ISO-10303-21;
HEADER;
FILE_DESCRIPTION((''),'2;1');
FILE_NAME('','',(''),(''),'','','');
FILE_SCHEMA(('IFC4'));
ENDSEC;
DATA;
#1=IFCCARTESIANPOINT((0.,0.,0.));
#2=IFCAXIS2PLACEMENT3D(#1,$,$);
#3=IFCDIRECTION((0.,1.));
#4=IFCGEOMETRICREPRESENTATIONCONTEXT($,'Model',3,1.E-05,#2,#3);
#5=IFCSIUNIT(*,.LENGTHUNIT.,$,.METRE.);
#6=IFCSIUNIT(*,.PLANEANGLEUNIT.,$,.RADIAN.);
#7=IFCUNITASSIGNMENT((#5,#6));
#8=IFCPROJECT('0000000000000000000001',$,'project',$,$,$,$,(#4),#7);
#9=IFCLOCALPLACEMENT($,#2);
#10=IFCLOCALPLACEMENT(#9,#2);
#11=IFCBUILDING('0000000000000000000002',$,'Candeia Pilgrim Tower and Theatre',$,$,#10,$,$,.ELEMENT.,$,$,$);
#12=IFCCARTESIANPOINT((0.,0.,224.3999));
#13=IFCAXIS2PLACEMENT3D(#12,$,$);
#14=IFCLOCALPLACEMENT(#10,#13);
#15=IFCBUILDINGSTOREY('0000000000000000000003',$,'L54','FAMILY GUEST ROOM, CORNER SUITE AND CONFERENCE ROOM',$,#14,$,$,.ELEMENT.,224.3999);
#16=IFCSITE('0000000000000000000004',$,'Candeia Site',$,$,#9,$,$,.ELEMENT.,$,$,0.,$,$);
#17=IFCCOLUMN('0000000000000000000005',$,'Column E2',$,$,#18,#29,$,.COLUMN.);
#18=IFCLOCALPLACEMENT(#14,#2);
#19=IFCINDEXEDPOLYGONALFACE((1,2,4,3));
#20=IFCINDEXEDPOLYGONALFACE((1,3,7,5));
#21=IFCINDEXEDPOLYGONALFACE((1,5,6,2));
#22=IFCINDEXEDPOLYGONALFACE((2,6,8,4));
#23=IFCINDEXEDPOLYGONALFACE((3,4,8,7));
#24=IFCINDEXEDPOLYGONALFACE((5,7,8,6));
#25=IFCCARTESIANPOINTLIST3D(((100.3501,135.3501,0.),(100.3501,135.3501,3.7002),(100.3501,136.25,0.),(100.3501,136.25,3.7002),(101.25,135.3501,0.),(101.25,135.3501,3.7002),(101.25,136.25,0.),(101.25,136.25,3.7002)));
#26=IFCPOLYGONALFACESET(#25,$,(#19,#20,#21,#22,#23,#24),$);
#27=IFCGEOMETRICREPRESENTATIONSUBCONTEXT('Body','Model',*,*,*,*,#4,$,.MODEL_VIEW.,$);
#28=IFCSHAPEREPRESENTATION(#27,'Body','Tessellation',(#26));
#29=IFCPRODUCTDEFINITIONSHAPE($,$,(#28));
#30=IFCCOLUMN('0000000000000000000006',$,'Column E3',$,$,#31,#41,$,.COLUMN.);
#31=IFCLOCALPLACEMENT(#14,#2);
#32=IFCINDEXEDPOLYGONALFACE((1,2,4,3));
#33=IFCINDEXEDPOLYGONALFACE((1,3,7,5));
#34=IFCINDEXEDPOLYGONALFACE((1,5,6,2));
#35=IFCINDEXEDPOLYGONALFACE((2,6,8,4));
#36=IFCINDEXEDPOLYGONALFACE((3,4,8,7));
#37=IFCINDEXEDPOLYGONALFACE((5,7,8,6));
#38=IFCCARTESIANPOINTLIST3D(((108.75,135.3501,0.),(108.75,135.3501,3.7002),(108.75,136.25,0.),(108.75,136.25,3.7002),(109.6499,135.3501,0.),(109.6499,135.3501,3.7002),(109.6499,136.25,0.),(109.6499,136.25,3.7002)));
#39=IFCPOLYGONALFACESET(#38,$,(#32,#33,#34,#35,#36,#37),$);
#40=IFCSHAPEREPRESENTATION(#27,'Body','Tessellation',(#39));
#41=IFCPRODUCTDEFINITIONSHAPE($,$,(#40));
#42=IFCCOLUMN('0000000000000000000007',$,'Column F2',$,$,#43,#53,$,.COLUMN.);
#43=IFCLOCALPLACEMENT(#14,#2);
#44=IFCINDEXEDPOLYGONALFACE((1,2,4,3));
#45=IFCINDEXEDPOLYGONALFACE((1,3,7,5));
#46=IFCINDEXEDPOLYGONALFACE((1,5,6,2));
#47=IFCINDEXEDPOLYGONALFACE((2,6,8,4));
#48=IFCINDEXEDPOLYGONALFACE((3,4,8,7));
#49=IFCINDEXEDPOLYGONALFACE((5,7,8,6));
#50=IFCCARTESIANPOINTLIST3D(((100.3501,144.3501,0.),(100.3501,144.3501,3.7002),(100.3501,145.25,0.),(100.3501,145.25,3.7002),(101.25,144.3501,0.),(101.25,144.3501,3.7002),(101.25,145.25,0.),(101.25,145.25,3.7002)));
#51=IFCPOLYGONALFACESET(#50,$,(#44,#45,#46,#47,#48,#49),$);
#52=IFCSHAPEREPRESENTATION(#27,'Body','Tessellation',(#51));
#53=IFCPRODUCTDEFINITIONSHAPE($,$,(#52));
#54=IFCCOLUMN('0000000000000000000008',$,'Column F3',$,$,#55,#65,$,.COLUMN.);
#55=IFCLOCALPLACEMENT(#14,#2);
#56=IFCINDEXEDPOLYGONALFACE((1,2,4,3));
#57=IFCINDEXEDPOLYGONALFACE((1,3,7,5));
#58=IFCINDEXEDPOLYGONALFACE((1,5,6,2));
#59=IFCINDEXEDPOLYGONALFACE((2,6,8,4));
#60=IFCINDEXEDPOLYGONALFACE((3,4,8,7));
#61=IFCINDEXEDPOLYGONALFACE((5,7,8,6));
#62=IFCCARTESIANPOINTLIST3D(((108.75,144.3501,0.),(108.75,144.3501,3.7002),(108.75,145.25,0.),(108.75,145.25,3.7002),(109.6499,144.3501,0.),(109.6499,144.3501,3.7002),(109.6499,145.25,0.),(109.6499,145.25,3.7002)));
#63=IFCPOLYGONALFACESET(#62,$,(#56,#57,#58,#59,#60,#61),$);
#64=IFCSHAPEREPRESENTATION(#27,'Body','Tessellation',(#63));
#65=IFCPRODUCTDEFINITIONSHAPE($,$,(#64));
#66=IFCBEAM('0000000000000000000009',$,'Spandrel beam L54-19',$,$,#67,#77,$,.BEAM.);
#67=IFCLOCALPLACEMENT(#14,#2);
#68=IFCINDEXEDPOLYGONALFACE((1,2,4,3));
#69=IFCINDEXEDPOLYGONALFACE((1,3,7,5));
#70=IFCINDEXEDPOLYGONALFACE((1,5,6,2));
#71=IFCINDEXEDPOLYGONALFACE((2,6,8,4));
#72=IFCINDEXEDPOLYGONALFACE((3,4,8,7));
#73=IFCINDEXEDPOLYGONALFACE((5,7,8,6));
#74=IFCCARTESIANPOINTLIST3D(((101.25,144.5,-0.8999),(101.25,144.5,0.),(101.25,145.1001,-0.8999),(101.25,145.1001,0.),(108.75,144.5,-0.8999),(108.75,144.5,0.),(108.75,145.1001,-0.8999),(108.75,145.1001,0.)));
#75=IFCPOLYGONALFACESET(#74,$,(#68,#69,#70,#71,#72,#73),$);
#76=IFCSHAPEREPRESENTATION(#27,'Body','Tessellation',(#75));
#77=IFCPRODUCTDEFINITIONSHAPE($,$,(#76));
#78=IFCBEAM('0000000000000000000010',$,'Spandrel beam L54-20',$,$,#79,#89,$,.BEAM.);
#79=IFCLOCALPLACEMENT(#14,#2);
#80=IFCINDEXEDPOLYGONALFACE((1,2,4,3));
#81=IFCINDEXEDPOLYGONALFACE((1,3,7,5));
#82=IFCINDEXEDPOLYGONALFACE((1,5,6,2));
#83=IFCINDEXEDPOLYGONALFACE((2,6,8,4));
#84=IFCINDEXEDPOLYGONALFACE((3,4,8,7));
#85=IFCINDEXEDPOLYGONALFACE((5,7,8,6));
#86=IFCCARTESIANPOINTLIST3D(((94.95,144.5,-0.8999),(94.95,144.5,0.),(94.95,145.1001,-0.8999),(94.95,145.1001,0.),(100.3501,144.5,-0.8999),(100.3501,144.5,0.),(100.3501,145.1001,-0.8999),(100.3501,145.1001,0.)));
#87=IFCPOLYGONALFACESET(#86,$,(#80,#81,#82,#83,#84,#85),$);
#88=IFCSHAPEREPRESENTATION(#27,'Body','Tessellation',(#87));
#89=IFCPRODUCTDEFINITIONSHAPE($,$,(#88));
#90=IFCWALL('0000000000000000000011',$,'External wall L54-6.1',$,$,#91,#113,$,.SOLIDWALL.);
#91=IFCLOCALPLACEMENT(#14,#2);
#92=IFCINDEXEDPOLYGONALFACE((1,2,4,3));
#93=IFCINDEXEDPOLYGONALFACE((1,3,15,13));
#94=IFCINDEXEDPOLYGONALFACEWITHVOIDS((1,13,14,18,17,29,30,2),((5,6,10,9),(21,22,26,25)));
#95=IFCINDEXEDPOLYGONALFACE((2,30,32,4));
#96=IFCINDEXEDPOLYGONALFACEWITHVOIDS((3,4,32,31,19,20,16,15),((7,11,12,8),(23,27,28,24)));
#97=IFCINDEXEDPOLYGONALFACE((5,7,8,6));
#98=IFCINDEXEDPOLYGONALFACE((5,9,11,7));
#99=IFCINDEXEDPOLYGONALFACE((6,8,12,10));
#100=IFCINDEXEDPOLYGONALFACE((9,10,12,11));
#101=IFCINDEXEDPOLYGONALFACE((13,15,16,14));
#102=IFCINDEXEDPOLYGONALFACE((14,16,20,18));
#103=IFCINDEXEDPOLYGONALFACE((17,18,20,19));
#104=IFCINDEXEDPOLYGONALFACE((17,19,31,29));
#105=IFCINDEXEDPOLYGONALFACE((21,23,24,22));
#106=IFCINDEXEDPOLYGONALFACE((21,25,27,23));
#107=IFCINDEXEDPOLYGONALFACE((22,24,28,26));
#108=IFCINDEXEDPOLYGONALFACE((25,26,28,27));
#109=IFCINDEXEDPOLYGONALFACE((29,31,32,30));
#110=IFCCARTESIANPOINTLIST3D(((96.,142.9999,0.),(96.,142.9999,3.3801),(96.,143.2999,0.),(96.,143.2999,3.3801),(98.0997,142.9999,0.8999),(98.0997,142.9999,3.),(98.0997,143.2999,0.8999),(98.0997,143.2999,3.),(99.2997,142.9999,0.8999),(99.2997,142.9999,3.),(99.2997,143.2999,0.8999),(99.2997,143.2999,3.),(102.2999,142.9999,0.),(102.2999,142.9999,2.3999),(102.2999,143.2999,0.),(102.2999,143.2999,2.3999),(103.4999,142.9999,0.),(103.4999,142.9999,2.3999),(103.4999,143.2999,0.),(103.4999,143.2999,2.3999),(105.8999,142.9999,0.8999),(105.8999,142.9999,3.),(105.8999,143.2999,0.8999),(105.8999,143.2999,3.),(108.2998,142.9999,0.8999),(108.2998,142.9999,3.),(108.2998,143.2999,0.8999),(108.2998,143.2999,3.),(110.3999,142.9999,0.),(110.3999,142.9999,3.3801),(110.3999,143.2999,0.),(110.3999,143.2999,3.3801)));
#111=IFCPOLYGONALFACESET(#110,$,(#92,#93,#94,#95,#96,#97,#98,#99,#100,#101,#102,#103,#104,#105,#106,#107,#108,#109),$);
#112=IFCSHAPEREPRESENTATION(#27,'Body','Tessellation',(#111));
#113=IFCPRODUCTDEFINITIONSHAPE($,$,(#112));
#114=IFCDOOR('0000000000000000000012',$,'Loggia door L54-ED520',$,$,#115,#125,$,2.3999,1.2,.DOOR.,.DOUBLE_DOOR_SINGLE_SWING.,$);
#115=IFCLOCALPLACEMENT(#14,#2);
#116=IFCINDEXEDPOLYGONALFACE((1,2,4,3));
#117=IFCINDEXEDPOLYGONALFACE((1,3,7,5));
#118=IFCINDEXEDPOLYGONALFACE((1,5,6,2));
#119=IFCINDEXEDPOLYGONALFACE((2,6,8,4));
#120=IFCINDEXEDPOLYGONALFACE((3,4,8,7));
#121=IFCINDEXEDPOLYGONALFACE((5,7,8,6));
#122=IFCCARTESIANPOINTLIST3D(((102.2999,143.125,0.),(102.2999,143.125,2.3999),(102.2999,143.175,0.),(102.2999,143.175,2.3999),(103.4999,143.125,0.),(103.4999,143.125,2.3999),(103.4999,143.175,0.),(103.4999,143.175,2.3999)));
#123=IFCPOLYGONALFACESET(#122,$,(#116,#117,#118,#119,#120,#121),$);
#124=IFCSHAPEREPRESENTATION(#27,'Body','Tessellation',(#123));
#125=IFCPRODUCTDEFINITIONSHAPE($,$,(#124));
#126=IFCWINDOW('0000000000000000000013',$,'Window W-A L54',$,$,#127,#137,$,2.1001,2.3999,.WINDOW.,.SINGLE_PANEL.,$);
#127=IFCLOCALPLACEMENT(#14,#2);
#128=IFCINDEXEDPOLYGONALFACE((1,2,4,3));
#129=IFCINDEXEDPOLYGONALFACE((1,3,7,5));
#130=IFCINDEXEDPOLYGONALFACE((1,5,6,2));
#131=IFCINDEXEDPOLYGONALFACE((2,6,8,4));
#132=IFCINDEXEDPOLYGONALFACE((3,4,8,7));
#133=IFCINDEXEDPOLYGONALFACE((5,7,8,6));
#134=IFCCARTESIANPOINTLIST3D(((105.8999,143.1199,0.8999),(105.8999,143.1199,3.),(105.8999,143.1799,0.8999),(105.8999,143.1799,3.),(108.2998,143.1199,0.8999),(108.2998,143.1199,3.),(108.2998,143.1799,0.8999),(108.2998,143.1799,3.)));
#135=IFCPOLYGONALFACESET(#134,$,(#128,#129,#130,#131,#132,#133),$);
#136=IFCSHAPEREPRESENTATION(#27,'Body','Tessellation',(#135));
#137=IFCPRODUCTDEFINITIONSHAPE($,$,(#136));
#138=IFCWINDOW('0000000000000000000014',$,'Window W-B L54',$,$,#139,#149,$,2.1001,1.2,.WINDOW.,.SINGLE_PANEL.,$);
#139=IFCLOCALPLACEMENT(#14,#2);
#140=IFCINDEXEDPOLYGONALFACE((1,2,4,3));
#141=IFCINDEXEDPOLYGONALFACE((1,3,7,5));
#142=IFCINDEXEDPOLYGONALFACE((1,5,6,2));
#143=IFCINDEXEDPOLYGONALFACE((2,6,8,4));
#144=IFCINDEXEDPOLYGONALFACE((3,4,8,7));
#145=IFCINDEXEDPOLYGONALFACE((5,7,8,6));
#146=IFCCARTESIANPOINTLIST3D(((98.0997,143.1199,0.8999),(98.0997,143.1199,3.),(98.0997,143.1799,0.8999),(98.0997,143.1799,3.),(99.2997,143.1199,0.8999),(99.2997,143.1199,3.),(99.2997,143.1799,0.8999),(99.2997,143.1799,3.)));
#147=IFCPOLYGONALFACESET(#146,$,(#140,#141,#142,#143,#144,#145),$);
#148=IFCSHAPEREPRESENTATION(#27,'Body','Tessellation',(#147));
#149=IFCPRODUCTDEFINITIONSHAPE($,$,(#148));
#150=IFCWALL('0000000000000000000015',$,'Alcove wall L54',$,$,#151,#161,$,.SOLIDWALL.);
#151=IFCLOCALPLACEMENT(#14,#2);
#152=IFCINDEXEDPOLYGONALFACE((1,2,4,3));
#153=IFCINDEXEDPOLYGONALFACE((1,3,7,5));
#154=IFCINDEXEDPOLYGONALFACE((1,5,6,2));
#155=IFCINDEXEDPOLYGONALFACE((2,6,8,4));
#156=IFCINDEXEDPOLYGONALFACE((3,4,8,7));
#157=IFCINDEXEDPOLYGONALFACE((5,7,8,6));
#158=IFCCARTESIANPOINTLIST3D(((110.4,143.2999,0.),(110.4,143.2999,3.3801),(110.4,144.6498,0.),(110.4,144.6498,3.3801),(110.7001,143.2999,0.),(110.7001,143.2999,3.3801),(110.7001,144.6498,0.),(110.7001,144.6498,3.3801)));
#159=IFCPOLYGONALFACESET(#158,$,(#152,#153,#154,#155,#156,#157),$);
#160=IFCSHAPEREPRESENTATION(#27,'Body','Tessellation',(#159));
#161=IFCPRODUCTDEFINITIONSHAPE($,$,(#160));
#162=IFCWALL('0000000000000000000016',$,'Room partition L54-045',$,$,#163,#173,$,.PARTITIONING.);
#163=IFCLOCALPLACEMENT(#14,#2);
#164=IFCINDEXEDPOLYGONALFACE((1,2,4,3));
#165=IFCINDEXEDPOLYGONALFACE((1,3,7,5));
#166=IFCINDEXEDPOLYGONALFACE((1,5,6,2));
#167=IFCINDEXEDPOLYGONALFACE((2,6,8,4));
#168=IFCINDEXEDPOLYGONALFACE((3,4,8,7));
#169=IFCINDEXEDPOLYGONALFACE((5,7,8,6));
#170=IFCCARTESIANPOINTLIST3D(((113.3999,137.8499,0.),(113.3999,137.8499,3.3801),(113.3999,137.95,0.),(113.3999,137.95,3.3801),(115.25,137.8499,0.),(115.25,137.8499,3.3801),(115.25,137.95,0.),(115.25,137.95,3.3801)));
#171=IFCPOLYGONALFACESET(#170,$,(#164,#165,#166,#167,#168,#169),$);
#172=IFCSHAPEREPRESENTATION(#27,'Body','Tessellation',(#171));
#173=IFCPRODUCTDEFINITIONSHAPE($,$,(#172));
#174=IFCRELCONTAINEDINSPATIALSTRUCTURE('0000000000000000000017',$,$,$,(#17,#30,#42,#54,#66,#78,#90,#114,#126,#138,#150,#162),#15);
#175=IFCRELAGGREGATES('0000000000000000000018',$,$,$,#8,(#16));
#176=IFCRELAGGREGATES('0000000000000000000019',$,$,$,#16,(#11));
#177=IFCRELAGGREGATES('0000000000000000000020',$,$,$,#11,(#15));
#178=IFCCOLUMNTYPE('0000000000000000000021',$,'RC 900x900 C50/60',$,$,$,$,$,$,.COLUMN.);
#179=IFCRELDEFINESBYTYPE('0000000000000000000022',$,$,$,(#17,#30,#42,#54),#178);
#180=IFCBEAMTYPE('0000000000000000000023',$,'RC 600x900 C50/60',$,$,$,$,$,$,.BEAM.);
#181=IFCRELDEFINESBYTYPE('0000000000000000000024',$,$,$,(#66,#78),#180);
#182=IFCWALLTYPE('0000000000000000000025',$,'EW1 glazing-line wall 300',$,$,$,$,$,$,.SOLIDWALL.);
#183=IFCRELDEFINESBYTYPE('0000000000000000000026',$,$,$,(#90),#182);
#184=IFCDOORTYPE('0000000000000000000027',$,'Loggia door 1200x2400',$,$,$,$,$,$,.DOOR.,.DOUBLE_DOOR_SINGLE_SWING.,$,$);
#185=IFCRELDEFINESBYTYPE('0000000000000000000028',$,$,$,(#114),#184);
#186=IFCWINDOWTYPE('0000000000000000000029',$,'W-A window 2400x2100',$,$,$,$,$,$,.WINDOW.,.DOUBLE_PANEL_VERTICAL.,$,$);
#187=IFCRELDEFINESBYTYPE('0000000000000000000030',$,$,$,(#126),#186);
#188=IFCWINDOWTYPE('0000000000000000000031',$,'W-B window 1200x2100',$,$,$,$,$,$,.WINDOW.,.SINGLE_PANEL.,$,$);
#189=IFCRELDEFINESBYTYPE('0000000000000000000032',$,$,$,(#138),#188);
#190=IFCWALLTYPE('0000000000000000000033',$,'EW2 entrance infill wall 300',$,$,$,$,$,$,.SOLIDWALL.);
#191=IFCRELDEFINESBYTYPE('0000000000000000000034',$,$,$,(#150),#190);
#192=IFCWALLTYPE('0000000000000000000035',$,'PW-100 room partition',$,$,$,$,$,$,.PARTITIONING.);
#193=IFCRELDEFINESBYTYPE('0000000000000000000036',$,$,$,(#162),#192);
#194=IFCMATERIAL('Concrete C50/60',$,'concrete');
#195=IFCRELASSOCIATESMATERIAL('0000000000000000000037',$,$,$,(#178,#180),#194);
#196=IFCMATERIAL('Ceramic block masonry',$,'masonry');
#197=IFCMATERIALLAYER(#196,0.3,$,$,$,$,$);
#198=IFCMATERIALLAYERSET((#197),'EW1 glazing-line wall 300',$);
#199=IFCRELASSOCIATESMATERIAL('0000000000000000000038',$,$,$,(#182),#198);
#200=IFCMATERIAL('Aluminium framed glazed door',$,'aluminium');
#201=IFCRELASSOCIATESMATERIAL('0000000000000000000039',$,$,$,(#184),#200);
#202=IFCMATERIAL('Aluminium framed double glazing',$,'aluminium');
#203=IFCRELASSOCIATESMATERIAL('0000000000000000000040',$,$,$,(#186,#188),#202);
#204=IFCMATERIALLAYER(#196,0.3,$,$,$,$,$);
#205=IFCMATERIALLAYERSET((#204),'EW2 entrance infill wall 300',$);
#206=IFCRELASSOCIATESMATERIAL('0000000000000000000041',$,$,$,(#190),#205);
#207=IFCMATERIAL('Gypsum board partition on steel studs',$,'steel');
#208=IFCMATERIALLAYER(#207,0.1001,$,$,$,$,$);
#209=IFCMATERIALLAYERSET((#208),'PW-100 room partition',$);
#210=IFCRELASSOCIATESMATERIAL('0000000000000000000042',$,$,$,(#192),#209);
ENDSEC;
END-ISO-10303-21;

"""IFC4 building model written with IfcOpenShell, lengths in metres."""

from ifc_helpers import new_model, si_unit, direction, frame, frame_2d, origin, origin_2d, place, context, subcontext, project, spatial, rectangle, extrude, material, layer, layer_set, material_profile, profile_set, type_object, element, fill, save


model = new_model("IFC4")

# Units and contexts
model_context = context("Model", 3, precision=1e-05, world=origin(), true_north=direction((0.0, 1.0)))
body_context = subcontext(model_context, "Body", "Model", "MODEL_VIEW")
ifc_project = project(units=[si_unit("LENGTHUNIT", "METRE"), si_unit("PLANEANGLEUNIT", "RADIAN")], contexts=[model_context])

# Site, building, storey
site_placement = place(None, origin())
site = spatial("IfcSite", under=ifc_project, at=site_placement, Name="Candeia Site", CompositionType="ELEMENT", RefElevation=0.0)
building_placement = place(site_placement, origin())
building = spatial("IfcBuilding", under=site, at=building_placement, Name="Candeia Pilgrim Tower and Theatre", CompositionType="ELEMENT")
storey_placement = place(building_placement, frame((0.0, 0.0, 224.3999)))
storey = spatial("IfcBuildingStorey", under=building, at=storey_placement, Name="L54", Description="FAMILY GUEST ROOM, CORNER SUITE AND CONFERENCE ROOM", CompositionType="ELEMENT", Elevation=224.3999)

# Columns
ifc_material_1 = material(Name="Concrete C50/60", Category="concrete")
ifc_material_profile_1 = material_profile(ifc_material_1, rectangle(XDim=0.8999, YDim=0.8999, at=origin_2d()))
ifc_profile_set_1 = profile_set([ifc_material_profile_1], Name="Concrete C50/60")
column_type = type_object("IfcColumnType", Name="RC 900x900 C50/60", PredefinedType="COLUMN", material=ifc_profile_set_1)
for number, where, z_axis, x_axis, name in (
    (1, (100.8, 135.8, 0.0), (0.0, 0.0, 1.0), (1.0, 0.0, 0.0), "Column E2"),
    (2, (109.2, 135.8, 0.0), (0.0, 0.0, 1.0), (1.0, 0.0, 0.0), "Column E3"),
    (3, (100.8, 144.8, 0.0), (0.0, 0.0, 1.0), (1.0, 0.0, 0.0), "Column F2"),
    (4, (109.2, 144.8, 0.0), (0.0, 0.0, 1.0), (1.0, 0.0, 0.0), "Column F3"),
):
    element("IfcColumn", number, at=place(storey_placement, frame(where, z_axis=z_axis, x_axis=x_axis)), inside=storey, type_object=column_type, Name=name, PredefinedType="COLUMN", context=body_context, shape_type="SweptSolid", body=[
        extrude(rectangle(XDim=0.8999, YDim=0.8999, at=origin_2d()), origin(), (0.0, 0.0, 1.0), 3.7002),
    ])

# Beams
ifc_material_profile_2 = material_profile(ifc_material_1, rectangle(XDim=0.6001, YDim=0.8999, at=origin_2d()))
ifc_profile_set_2 = profile_set([ifc_material_profile_2], Name="Concrete C50/60")
beam_type = type_object("IfcBeamType", Name="RC 600x900 C50/60", PredefinedType="BEAM", material=ifc_profile_set_2)
beam_1_placement = place(storey_placement, frame((108.75, 144.8, -0.45), z_axis=(-1.0, 0.0, 0.0), x_axis=(0.0, -1.0, 0.0)))
element("IfcBeam", 5, at=beam_1_placement, inside=storey, type_object=beam_type, Name="Spandrel beam L54-19", PredefinedType="BEAM", context=body_context, shape_type="SweptSolid", body=[
    extrude(rectangle(XDim=0.6001, YDim=0.8999, at=origin_2d()), origin(), (0.0, 0.0, 1.0), 7.5),
])
beam_2_placement = place(storey_placement, frame((100.3501, 144.8, -0.45), z_axis=(-1.0, 0.0, 0.0), x_axis=(0.0, -1.0, 0.0)))
element("IfcBeam", 6, at=beam_2_placement, inside=storey, type_object=beam_type, Name="Spandrel beam L54-20", PredefinedType="BEAM", context=body_context, shape_type="SweptSolid", body=[
    extrude(rectangle(XDim=0.6001, YDim=0.8999, at=origin_2d()), origin(), (0.0, 0.0, 1.0), 5.4001),
])

# Wall, openings, door, windows
ifc_material_2 = material(Name="Ceramic block masonry", Category="masonry")
ifc_layer_1 = layer(ifc_material_2, 0.3)
ifc_layer_set_1 = layer_set([ifc_layer_1], Name="EW1 glazing-line wall 300")
wall_type_1 = type_object("IfcWallType", Name="EW1 glazing-line wall 300", PredefinedType="SOLIDWALL", material=ifc_layer_set_1)
wall_1_placement = place(storey_placement, frame((110.3999, 143.1499, 0.0), z_axis=(0.0, 0.0, 1.0), x_axis=(-1.0, 0.0, 0.0)))
wall_1 = element("IfcWall", 7, at=wall_1_placement, inside=storey, type_object=wall_type_1, Name="External wall L54-6.1", PredefinedType="SOLIDWALL", context=body_context, shape_type="SweptSolid", body=[
    extrude(rectangle(XDim=14.3999, YDim=0.3, at=frame_2d((7.2, 0.0))), origin(), (0.0, 0.0, 1.0), 3.3801),
])
opening_1_placement = place(wall_1_placement, frame((2.1001, 0.0, 0.8999)))
opening_1 = element("IfcOpeningElement", 8, at=opening_1_placement, cuts=wall_1, PredefinedType="OPENING", context=body_context, shape_type="SweptSolid", body=[
    extrude(rectangle(XDim=2.3999, YDim=2.1001, at=frame_2d((1.2, 1.05))), frame((0.0, 0.1602, 0.0), z_axis=(0.0, -1.0, 0.0), x_axis=(1.0, 0.0, 0.0)), (0.0, 0.0, 1.0), 0.3201),
])
opening_2_placement = place(wall_1_placement, frame((6.8999, 0.0, 0.0)))
opening_2 = element("IfcOpeningElement", 9, at=opening_2_placement, cuts=wall_1, PredefinedType="OPENING", context=body_context, shape_type="SweptSolid", body=[
    extrude(rectangle(XDim=1.2, YDim=2.3999, at=frame_2d((0.6001, 1.2))), frame((0.0, 0.1602, 0.0), z_axis=(0.0, -1.0, 0.0), x_axis=(1.0, 0.0, 0.0)), (0.0, 0.0, 1.0), 0.3201),
])
opening_3_placement = place(wall_1_placement, frame((11.1001, 0.0, 0.8999)))
opening_3 = element("IfcOpeningElement", 10, at=opening_3_placement, cuts=wall_1, PredefinedType="OPENING", context=body_context, shape_type="SweptSolid", body=[
    extrude(rectangle(XDim=1.2, YDim=2.1001, at=frame_2d((0.6001, 1.05))), frame((0.0, 0.1602, 0.0), z_axis=(0.0, -1.0, 0.0), x_axis=(1.0, 0.0, 0.0)), (0.0, 0.0, 1.0), 0.3201),
])
ifc_material_3 = material(Name="Aluminium framed glazed door", Category="aluminium")
door_type_1 = type_object("IfcDoorType", Name="Loggia door 1200x2400", OperationType="DOUBLE_DOOR_SINGLE_SWING", PredefinedType="DOOR", material=ifc_material_3)
door_1_placement = place(opening_2_placement, origin())
door_1 = element("IfcDoor", 11, at=door_1_placement, inside=storey, type_object=door_type_1, Name="Loggia door L54-ED520", OperationType="DOUBLE_DOOR_SINGLE_SWING", OverallHeight=2.3999, OverallWidth=1.2, PredefinedType="DOOR", context=body_context, shape_type="SweptSolid", body=[
    extrude(rectangle(XDim=1.2, YDim=2.3999, at=frame_2d((0.6001, 1.2))), frame((0.0, 0.0249, 0.0), z_axis=(0.0, -1.0, 0.0), x_axis=(1.0, 0.0, 0.0)), (0.0, 0.0, 1.0), 0.05),
])
fill(opening_2, door_1)
ifc_material_4 = material(Name="Aluminium framed double glazing", Category="aluminium")
window_type_1 = type_object("IfcWindowType", Name="W-A window 2400x2100", PartitioningType="DOUBLE_PANEL_VERTICAL", PredefinedType="WINDOW", material=ifc_material_4)
window_1_placement = place(opening_1_placement, origin())
window_1 = element("IfcWindow", 12, at=window_1_placement, inside=storey, type_object=window_type_1, Name="Window W-A L54", OverallHeight=2.1001, OverallWidth=2.3999, PartitioningType="SINGLE_PANEL", PredefinedType="WINDOW", context=body_context, shape_type="SweptSolid", body=[
    extrude(rectangle(XDim=2.3999, YDim=2.1001, at=frame_2d((1.2, 1.05))), frame((0.0, 0.03, 0.0), z_axis=(0.0, -1.0, 0.0), x_axis=(1.0, 0.0, 0.0)), (0.0, 0.0, 1.0), 0.0601),
])
fill(opening_1, window_1)
window_type_2 = type_object("IfcWindowType", Name="W-B window 1200x2100", PartitioningType="SINGLE_PANEL", PredefinedType="WINDOW", material=ifc_material_4)
window_2_placement = place(opening_3_placement, origin())
window_2 = element("IfcWindow", 13, at=window_2_placement, inside=storey, type_object=window_type_2, Name="Window W-B L54", OverallHeight=2.1001, OverallWidth=1.2, PartitioningType="SINGLE_PANEL", PredefinedType="WINDOW", context=body_context, shape_type="SweptSolid", body=[
    extrude(rectangle(XDim=1.2, YDim=2.1001, at=frame_2d((0.6001, 1.05))), frame((0.0, 0.03, 0.0), z_axis=(0.0, -1.0, 0.0), x_axis=(1.0, 0.0, 0.0)), (0.0, 0.0, 1.0), 0.0601),
])
fill(opening_3, window_2)

# Walls
ifc_layer_2 = layer(ifc_material_2, 0.3)
ifc_layer_set_2 = layer_set([ifc_layer_2], Name="EW2 entrance infill wall 300")
wall_type_2 = type_object("IfcWallType", Name="EW2 entrance infill wall 300", PredefinedType="SOLIDWALL", material=ifc_layer_set_2)
wall_2_placement = place(storey_placement, frame((110.55, 143.3, 0.0), z_axis=(0.0, 0.0, 1.0), x_axis=(0.0, 1.0, 0.0)))
element("IfcWall", 14, at=wall_2_placement, inside=storey, type_object=wall_type_2, Name="Alcove wall L54", PredefinedType="SOLIDWALL", context=body_context, shape_type="SweptSolid", body=[
    extrude(rectangle(XDim=1.3499, YDim=0.3, at=frame_2d((0.6748, 0.0))), origin(), (0.0, 0.0, 1.0), 3.3801),
])
ifc_material_5 = material(Name="Gypsum board partition on steel studs", Category="steel")
ifc_layer_3 = layer(ifc_material_5, 0.1001)
ifc_layer_set_3 = layer_set([ifc_layer_3], Name="PW-100 room partition")
wall_type_3 = type_object("IfcWallType", Name="PW-100 room partition", PredefinedType="PARTITIONING", material=ifc_layer_set_3)
wall_3_placement = place(storey_placement, frame((113.3999, 137.8999, 0.0), z_axis=(0.0, 0.0, 1.0), x_axis=(1.0, 0.0, 0.0)))
element("IfcWall", 15, at=wall_3_placement, inside=storey, type_object=wall_type_3, Name="Room partition L54-045", PredefinedType="PARTITIONING", context=body_context, shape_type="SweptSolid", body=[
    extrude(rectangle(XDim=1.8501, YDim=0.1001, at=frame_2d((0.925, 0.0))), origin(), (0.0, 0.0, 1.0), 3.3801),
])

save(model, "model.ifc")
